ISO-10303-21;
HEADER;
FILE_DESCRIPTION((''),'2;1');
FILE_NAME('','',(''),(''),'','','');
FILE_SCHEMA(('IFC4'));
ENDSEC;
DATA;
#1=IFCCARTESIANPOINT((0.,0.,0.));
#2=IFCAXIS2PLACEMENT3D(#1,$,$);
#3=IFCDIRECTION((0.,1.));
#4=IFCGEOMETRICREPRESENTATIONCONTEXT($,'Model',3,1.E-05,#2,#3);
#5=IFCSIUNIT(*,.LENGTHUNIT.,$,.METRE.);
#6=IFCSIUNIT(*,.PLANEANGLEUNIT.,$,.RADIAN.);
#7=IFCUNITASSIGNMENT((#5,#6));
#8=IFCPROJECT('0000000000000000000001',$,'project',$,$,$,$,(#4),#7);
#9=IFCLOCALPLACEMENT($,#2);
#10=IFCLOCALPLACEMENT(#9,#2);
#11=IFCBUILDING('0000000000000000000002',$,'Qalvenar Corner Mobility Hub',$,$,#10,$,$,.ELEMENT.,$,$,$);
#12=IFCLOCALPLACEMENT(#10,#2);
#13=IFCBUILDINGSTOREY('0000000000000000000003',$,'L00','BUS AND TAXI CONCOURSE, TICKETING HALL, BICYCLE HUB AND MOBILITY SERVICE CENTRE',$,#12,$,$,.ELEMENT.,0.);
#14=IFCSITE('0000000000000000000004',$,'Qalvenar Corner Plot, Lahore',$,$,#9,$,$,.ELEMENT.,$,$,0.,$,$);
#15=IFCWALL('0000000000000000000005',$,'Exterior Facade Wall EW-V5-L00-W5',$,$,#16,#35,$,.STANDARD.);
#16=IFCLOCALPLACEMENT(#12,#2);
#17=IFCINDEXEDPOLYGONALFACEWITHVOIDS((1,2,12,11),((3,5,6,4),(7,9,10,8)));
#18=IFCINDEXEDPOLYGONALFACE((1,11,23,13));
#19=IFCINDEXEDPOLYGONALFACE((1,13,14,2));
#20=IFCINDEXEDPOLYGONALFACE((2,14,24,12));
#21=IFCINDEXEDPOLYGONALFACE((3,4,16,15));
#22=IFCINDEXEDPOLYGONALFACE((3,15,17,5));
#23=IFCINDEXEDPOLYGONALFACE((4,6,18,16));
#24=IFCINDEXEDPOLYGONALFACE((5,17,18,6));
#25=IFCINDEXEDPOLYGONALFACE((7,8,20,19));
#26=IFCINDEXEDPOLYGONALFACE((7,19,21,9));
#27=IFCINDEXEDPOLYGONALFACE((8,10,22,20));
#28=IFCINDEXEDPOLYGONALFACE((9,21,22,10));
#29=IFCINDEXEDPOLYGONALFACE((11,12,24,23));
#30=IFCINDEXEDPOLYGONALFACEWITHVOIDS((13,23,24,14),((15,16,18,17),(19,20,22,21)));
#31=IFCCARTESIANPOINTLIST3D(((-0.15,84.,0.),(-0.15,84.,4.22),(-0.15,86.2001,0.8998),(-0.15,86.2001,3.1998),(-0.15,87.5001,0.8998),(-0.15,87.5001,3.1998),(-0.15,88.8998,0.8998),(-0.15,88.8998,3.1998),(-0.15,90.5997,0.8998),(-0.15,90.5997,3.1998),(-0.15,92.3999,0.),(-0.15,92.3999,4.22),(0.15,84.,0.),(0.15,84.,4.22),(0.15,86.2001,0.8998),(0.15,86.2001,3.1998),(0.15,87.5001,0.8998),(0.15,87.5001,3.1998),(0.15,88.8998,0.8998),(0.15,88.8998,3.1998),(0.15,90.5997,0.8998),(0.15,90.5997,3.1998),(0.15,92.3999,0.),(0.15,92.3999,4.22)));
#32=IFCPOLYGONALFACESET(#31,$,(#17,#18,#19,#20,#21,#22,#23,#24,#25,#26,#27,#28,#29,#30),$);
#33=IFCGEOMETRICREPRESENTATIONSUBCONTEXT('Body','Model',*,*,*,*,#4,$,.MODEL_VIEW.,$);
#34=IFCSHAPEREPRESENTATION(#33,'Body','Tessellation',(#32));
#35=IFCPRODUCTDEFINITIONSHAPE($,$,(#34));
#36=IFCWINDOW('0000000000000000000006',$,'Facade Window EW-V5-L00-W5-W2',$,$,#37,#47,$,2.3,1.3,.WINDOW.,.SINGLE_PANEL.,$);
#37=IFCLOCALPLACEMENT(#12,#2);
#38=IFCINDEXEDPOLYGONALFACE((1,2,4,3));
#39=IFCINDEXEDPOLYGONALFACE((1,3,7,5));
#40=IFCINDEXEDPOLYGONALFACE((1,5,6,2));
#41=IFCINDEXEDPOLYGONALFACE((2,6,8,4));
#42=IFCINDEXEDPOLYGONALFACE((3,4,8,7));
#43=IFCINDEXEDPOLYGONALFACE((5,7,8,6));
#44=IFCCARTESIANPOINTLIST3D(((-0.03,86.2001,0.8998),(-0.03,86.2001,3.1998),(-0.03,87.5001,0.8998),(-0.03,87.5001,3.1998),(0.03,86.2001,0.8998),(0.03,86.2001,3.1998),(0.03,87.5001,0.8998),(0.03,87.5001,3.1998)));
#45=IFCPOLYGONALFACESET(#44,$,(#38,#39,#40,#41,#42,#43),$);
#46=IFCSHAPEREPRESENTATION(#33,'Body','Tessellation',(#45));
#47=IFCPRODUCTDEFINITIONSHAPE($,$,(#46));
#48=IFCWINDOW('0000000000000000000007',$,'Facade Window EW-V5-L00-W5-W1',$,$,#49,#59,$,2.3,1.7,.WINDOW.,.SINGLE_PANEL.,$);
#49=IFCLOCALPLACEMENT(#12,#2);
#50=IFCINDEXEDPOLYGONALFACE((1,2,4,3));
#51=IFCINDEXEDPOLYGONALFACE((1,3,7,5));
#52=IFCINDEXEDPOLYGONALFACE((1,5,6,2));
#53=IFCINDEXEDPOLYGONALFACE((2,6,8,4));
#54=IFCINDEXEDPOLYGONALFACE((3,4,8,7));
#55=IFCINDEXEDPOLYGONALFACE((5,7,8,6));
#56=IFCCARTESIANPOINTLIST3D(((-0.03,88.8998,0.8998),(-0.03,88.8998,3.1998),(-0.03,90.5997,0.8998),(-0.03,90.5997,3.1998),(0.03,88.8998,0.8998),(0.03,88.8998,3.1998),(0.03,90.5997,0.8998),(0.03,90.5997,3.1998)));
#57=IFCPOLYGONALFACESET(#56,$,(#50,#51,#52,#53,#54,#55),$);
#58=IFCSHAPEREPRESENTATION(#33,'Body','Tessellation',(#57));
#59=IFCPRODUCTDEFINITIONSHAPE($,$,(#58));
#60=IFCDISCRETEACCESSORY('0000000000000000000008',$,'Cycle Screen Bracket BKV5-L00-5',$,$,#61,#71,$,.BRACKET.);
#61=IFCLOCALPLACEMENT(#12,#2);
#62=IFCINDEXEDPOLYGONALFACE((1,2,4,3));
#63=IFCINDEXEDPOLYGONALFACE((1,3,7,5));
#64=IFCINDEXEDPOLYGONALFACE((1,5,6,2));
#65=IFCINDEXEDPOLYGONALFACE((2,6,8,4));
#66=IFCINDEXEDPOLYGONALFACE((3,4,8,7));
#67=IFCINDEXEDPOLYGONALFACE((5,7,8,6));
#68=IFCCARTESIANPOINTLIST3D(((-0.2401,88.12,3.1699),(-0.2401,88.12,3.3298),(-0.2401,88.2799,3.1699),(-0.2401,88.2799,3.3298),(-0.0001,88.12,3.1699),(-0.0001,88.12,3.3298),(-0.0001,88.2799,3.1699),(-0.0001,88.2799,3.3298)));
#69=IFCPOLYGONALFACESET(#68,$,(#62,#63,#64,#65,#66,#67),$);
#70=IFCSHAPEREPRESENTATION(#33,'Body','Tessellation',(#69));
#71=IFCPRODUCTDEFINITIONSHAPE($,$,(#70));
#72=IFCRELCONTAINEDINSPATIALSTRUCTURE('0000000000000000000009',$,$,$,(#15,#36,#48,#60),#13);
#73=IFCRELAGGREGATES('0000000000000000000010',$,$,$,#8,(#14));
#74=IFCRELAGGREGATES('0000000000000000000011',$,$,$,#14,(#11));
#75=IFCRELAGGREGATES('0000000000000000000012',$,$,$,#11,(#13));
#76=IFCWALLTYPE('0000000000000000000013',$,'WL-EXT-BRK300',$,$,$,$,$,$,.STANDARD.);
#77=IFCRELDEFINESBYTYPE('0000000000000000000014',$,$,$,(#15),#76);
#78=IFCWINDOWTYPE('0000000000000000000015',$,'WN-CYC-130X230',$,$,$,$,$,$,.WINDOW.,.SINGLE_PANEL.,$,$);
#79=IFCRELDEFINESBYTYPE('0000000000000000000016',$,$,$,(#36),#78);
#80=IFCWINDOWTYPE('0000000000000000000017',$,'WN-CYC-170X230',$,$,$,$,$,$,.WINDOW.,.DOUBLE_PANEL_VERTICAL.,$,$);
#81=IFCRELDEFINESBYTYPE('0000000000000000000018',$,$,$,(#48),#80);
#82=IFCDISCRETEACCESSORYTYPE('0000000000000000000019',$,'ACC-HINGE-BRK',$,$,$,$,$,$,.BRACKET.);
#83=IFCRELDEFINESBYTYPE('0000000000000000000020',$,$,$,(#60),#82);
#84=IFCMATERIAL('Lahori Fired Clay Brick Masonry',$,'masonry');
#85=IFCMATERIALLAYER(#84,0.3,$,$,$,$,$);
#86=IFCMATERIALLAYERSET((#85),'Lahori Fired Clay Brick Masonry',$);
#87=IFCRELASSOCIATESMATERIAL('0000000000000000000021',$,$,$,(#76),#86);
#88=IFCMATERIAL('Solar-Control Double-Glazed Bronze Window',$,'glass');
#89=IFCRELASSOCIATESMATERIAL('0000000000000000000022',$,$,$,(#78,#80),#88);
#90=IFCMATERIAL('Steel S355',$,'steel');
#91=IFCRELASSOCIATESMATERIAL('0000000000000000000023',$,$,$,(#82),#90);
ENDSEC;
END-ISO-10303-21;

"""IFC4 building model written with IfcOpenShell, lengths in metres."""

from ifc_helpers import new_model, si_unit, direction, frame, frame_2d, origin, origin_2d, place, context, subcontext, project, spatial, rectangle, extrude, material, layer, layer_set, type_object, element, fill, save


model = new_model("IFC4")

# Units and contexts
model_context = context("Model", 3, precision=1e-05, world=origin(), true_north=direction((0.0, 1.0)))
body_context = subcontext(model_context, "Body", "Model", "MODEL_VIEW")
ifc_project = project(units=[si_unit("LENGTHUNIT", "METRE"), si_unit("PLANEANGLEUNIT", "RADIAN")], contexts=[model_context])

# Site, building, storey
site_placement = place(None, origin())
site = spatial("IfcSite", under=ifc_project, at=site_placement, Name="Qalvenar Corner Plot, Lahore", CompositionType="ELEMENT", RefElevation=0.0)
building_placement = place(site_placement, origin())
building = spatial("IfcBuilding", under=site, at=building_placement, Name="Qalvenar Corner Mobility Hub", CompositionType="ELEMENT")
storey_placement = place(building_placement, origin())
storey = spatial("IfcBuildingStorey", under=building, at=storey_placement, Name="L00", Description="BUS AND TAXI CONCOURSE, TICKETING HALL, BICYCLE HUB AND MOBILITY SERVICE CENTRE", CompositionType="ELEMENT", Elevation=0.0)

# Shared definitions
ifc_material_1 = material(Name="Steel S355", Category="steel")

# Wall, openings, windows
ifc_material_2 = material(Name="Lahori Fired Clay Brick Masonry", Category="masonry")
ifc_layer_1 = layer(ifc_material_2, 0.3)
ifc_layer_set_1 = layer_set([ifc_layer_1], Name="Lahori Fired Clay Brick Masonry")
wall_type = type_object("IfcWallType", Name="WL-EXT-BRK300", PredefinedType="STANDARD", material=ifc_layer_set_1)
wall_placement = place(storey_placement, frame((0.0, 92.3999, 0.0), z_axis=(0.0, 0.0, 1.0), x_axis=(0.0, -1.0, 0.0)))
wall = element("IfcWall", 1, at=wall_placement, inside=storey, type_object=wall_type, Name="Exterior Facade Wall EW-V5-L00-W5", PredefinedType="STANDARD", context=body_context, shape_type="SweptSolid", body=[
    extrude(rectangle(XDim=8.3999, YDim=0.3, at=frame_2d((4.2, 0.0))), origin(), (0.0, 0.0, 1.0), 4.22),
])
opening_1_placement = place(wall_placement, frame((1.8, 0.0, 0.8999)))
opening_1 = element("IfcOpeningElement", 2, at=opening_1_placement, cuts=wall, PredefinedType="OPENING", context=body_context, shape_type="SweptSolid", body=[
    extrude(rectangle(XDim=1.7, YDim=2.3, at=frame_2d((0.8501, 1.1499))), frame((0.0, 0.1602, 0.0), z_axis=(0.0, -1.0, 0.0), x_axis=(1.0, 0.0, 0.0)), (0.0, 0.0, 1.0), 0.3201),
])
opening_2_placement = place(wall_placement, frame((4.8999, 0.0, 0.8999)))
opening_2 = element("IfcOpeningElement", 3, at=opening_2_placement, cuts=wall, PredefinedType="OPENING", context=body_context, shape_type="SweptSolid", body=[
    extrude(rectangle(XDim=1.3, YDim=2.3, at=frame_2d((0.6499, 1.1499))), frame((0.0, 0.1602, 0.0), z_axis=(0.0, -1.0, 0.0), x_axis=(1.0, 0.0, 0.0)), (0.0, 0.0, 1.0), 0.3201),
])
ifc_material_3 = material(Name="Solar-Control Double-Glazed Bronze Window", Category="glass")
window_type_1 = type_object("IfcWindowType", Name="WN-CYC-130X230", PartitioningType="SINGLE_PANEL", PredefinedType="WINDOW", material=ifc_material_3)
window_1_placement = place(opening_2_placement, origin())
window_1 = element("IfcWindow", 4, at=window_1_placement, inside=storey, type_object=window_type_1, Name="Facade Window EW-V5-L00-W5-W2", OverallHeight=2.3, OverallWidth=1.3, PartitioningType="SINGLE_PANEL", PredefinedType="WINDOW", context=body_context, shape_type="SweptSolid", body=[
    extrude(rectangle(XDim=1.3, YDim=2.3, at=frame_2d((0.6499, 1.1499))), frame((0.0, 0.03, 0.0), z_axis=(0.0, -1.0, 0.0), x_axis=(1.0, 0.0, 0.0)), (0.0, 0.0, 1.0), 0.0601),
])
fill(opening_2, window_1)
window_type_2 = type_object("IfcWindowType", Name="WN-CYC-170X230", PartitioningType="DOUBLE_PANEL_VERTICAL", PredefinedType="WINDOW", material=ifc_material_3)
window_2_placement = place(opening_1_placement, origin())
window_2 = element("IfcWindow", 5, at=window_2_placement, inside=storey, type_object=window_type_2, Name="Facade Window EW-V5-L00-W5-W1", OverallHeight=2.3, OverallWidth=1.7, PartitioningType="SINGLE_PANEL", PredefinedType="WINDOW", context=body_context, shape_type="SweptSolid", body=[
    extrude(rectangle(XDim=1.7, YDim=2.3, at=frame_2d((0.8501, 1.1499))), frame((0.0, 0.03, 0.0), z_axis=(0.0, -1.0, 0.0), x_axis=(1.0, 0.0, 0.0)), (0.0, 0.0, 1.0), 0.0601),
])
fill(opening_1, window_2)

# Discrete accessory
discrete_accessory_type = type_object("IfcDiscreteAccessoryType", Name="ACC-HINGE-BRK", PredefinedType="BRACKET", material=ifc_material_1)
discrete_accessory_placement = place(storey_placement, frame((-0.1201, 88.2, 3.1699), z_axis=(0.0, 0.0, 1.0), x_axis=(0.0, 1.0, 0.0)))
element("IfcDiscreteAccessory", 6, at=discrete_accessory_placement, inside=storey, type_object=discrete_accessory_type, Name="Cycle Screen Bracket BKV5-L00-5", PredefinedType="BRACKET", context=body_context, shape_type="SweptSolid", body=[
    extrude(rectangle(XDim=0.1599, YDim=0.24, at=origin_2d()), origin(), (0.0, 0.0, 1.0), 0.1599),
])

save(model, "model.ifc")
